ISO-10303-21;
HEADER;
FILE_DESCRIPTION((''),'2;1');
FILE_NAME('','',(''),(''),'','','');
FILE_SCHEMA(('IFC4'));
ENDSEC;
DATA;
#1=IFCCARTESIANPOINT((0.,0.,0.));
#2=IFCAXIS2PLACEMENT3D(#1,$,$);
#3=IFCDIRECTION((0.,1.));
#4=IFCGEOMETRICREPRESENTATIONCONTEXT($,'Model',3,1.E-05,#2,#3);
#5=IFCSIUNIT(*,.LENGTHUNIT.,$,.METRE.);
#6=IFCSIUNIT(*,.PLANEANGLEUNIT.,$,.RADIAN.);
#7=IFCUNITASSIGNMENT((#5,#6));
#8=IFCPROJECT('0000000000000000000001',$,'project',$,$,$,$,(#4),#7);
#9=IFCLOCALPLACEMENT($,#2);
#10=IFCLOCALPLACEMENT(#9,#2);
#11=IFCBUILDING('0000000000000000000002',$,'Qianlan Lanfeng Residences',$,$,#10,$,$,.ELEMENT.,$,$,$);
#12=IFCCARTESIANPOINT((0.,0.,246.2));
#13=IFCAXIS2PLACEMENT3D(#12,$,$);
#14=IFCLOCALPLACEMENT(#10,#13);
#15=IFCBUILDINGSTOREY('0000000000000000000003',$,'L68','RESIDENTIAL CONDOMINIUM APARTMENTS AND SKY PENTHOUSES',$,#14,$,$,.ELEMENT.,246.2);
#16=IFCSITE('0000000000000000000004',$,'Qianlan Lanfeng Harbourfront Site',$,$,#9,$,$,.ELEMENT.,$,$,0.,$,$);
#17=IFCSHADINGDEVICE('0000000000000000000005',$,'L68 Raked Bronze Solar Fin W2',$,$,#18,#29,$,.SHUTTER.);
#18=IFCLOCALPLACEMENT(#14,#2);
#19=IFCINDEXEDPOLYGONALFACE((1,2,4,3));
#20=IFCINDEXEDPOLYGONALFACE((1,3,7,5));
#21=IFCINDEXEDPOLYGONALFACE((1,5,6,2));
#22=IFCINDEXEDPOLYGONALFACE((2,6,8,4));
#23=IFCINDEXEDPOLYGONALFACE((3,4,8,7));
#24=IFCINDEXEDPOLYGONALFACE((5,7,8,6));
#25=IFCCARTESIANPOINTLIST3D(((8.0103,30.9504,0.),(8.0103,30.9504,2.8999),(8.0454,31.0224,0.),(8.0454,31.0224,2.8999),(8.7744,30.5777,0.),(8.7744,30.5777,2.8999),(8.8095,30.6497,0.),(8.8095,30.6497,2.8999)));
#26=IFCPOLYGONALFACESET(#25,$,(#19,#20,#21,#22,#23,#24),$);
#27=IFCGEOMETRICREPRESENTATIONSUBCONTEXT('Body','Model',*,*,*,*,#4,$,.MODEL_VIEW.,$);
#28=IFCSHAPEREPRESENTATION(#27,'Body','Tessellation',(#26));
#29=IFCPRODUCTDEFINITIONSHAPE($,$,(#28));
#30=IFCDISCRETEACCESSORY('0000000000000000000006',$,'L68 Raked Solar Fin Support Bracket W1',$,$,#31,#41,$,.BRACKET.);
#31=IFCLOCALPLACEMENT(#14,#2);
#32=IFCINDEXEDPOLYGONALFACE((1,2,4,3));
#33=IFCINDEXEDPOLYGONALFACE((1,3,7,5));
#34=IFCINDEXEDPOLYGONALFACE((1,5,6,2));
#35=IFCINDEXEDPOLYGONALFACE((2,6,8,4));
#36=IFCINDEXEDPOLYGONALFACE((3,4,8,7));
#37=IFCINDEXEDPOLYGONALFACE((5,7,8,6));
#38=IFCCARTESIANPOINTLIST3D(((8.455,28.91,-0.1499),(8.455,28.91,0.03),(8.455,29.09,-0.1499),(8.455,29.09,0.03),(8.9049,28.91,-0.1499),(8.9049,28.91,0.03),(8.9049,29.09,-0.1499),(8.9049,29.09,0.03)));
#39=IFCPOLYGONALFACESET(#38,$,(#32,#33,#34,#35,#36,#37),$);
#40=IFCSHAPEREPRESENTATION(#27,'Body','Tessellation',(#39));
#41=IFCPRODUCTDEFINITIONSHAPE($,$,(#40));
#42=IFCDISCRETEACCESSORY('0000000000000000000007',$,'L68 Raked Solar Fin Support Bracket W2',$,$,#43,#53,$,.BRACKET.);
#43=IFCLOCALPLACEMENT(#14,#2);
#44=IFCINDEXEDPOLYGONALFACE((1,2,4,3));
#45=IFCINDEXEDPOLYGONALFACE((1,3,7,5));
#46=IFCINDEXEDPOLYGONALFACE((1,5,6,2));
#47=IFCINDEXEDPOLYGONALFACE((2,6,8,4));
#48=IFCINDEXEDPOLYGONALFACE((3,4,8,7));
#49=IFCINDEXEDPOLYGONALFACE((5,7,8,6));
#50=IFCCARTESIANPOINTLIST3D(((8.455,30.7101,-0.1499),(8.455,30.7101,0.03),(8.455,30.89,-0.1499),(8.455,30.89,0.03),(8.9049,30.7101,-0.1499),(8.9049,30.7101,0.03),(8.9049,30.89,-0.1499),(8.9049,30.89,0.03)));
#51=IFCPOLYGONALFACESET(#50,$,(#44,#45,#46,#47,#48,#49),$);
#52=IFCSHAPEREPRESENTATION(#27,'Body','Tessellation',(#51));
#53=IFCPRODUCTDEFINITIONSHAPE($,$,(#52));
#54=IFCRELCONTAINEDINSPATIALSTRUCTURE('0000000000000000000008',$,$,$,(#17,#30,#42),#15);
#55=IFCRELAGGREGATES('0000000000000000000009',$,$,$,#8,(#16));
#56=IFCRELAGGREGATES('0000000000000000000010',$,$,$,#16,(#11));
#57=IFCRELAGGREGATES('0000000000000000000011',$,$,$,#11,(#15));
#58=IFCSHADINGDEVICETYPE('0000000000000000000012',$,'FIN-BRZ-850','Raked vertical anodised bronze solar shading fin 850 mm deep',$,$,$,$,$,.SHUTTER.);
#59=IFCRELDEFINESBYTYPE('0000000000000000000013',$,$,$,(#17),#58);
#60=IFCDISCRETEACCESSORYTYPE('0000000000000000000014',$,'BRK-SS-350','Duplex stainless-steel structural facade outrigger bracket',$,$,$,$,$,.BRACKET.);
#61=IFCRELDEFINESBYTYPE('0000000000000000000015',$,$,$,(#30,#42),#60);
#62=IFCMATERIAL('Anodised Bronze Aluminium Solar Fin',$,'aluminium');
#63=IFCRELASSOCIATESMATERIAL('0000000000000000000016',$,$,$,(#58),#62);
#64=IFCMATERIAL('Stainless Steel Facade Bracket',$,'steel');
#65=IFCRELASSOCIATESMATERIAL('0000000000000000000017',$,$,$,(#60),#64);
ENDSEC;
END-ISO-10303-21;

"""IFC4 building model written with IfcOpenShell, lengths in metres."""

from ifc_helpers import new_model, si_unit, direction, frame, origin, origin_2d, place, context, subcontext, project, spatial, rectangle, extrude, source, transform, mapped, material, type_object, element, save


model = new_model("IFC4")

# Units and contexts
model_context = context("Model", 3, precision=1e-05, world=origin(), true_north=direction((0.0, 1.0)))
body_context = subcontext(model_context, "Body", "Model", "MODEL_VIEW")
ifc_project = project(units=[si_unit("LENGTHUNIT", "METRE"), si_unit("PLANEANGLEUNIT", "RADIAN")], contexts=[model_context])

# Site, building, storey
site_placement = place(None, origin())
site = spatial("IfcSite", under=ifc_project, at=site_placement, Name="Qianlan Lanfeng Harbourfront Site", CompositionType="ELEMENT", RefElevation=0.0)
building_placement = place(site_placement, origin())
building = spatial("IfcBuilding", under=site, at=building_placement, Name="Qianlan Lanfeng Residences", CompositionType="ELEMENT")
storey_placement = place(building_placement, frame((0.0, 0.0, 246.2)))
storey = spatial("IfcBuildingStorey", under=building, at=storey_placement, Name="L68", Description="RESIDENTIAL CONDOMINIUM APARTMENTS AND SKY PENTHOUSES", CompositionType="ELEMENT", Elevation=246.2)

# Shading device
ifc_material_1 = material(Name="Anodised Bronze Aluminium Solar Fin", Category="aluminium")
shading_device_type = type_object("IfcShadingDeviceType", Name="FIN-BRZ-850", Description="Raked vertical anodised bronze solar shading fin 850 mm deep", PredefinedType="SHUTTER", material=ifc_material_1)
shared_shape_1 = source(origin(), body_context, "Body", "SweptSolid", [
    extrude(rectangle(XDim=0.8501, YDim=0.0801, at=origin_2d()), origin(), (0.0, 0.0, 1.0), 2.8999),
])
for number, where, z_axis, x_axis, name in (
    (1, (8.4099, 30.8, 0.0), (0.0, 0.0, 1.0), (0.898794, -0.438371, 0.0), "L68 Raked Bronze Solar Fin W2"),
):
    element("IfcShadingDevice", number, at=place(storey_placement, frame(where, z_axis=z_axis, x_axis=x_axis)), inside=storey, type_object=shading_device_type, Name=name, PredefinedType="SHUTTER", context=body_context, shape_type="MappedRepresentation", body=[
        mapped(shared_shape_1, transform((0.0, 0.0, 0.0), scale=1.0)),
    ])

# Discrete accessories
ifc_material_2 = material(Name="Stainless Steel Facade Bracket", Category="steel")
discrete_accessory_type = type_object("IfcDiscreteAccessoryType", Name="BRK-SS-350", Description="Duplex stainless-steel structural facade outrigger bracket", PredefinedType="BRACKET", material=ifc_material_2)
shared_shape_2 = source(origin(), body_context, "Body", "SweptSolid", [
    extrude(rectangle(XDim=0.45, YDim=0.1799, at=origin_2d()), origin(), (0.0, 0.0, 1.0), 0.1799),
])
for number, where, z_axis, x_axis, name in (
    (2, (8.6799, 29.0, -0.1499), (0.0, 0.0, 1.0), (1.0, 0.0, 0.0), "L68 Raked Solar Fin Support Bracket W1"),
    (3, (8.6799, 30.8, -0.1499), (0.0, 0.0, 1.0), (1.0, 0.0, 0.0), "L68 Raked Solar Fin Support Bracket W2"),
):
    element("IfcDiscreteAccessory", number, at=place(storey_placement, frame(where, z_axis=z_axis, x_axis=x_axis)), inside=storey, type_object=discrete_accessory_type, Name=name, PredefinedType="BRACKET", context=body_context, shape_type="MappedRepresentation", body=[
        mapped(shared_shape_2, transform((0.0, 0.0, 0.0), scale=1.0)),
    ])

save(model, "model.ifc")
